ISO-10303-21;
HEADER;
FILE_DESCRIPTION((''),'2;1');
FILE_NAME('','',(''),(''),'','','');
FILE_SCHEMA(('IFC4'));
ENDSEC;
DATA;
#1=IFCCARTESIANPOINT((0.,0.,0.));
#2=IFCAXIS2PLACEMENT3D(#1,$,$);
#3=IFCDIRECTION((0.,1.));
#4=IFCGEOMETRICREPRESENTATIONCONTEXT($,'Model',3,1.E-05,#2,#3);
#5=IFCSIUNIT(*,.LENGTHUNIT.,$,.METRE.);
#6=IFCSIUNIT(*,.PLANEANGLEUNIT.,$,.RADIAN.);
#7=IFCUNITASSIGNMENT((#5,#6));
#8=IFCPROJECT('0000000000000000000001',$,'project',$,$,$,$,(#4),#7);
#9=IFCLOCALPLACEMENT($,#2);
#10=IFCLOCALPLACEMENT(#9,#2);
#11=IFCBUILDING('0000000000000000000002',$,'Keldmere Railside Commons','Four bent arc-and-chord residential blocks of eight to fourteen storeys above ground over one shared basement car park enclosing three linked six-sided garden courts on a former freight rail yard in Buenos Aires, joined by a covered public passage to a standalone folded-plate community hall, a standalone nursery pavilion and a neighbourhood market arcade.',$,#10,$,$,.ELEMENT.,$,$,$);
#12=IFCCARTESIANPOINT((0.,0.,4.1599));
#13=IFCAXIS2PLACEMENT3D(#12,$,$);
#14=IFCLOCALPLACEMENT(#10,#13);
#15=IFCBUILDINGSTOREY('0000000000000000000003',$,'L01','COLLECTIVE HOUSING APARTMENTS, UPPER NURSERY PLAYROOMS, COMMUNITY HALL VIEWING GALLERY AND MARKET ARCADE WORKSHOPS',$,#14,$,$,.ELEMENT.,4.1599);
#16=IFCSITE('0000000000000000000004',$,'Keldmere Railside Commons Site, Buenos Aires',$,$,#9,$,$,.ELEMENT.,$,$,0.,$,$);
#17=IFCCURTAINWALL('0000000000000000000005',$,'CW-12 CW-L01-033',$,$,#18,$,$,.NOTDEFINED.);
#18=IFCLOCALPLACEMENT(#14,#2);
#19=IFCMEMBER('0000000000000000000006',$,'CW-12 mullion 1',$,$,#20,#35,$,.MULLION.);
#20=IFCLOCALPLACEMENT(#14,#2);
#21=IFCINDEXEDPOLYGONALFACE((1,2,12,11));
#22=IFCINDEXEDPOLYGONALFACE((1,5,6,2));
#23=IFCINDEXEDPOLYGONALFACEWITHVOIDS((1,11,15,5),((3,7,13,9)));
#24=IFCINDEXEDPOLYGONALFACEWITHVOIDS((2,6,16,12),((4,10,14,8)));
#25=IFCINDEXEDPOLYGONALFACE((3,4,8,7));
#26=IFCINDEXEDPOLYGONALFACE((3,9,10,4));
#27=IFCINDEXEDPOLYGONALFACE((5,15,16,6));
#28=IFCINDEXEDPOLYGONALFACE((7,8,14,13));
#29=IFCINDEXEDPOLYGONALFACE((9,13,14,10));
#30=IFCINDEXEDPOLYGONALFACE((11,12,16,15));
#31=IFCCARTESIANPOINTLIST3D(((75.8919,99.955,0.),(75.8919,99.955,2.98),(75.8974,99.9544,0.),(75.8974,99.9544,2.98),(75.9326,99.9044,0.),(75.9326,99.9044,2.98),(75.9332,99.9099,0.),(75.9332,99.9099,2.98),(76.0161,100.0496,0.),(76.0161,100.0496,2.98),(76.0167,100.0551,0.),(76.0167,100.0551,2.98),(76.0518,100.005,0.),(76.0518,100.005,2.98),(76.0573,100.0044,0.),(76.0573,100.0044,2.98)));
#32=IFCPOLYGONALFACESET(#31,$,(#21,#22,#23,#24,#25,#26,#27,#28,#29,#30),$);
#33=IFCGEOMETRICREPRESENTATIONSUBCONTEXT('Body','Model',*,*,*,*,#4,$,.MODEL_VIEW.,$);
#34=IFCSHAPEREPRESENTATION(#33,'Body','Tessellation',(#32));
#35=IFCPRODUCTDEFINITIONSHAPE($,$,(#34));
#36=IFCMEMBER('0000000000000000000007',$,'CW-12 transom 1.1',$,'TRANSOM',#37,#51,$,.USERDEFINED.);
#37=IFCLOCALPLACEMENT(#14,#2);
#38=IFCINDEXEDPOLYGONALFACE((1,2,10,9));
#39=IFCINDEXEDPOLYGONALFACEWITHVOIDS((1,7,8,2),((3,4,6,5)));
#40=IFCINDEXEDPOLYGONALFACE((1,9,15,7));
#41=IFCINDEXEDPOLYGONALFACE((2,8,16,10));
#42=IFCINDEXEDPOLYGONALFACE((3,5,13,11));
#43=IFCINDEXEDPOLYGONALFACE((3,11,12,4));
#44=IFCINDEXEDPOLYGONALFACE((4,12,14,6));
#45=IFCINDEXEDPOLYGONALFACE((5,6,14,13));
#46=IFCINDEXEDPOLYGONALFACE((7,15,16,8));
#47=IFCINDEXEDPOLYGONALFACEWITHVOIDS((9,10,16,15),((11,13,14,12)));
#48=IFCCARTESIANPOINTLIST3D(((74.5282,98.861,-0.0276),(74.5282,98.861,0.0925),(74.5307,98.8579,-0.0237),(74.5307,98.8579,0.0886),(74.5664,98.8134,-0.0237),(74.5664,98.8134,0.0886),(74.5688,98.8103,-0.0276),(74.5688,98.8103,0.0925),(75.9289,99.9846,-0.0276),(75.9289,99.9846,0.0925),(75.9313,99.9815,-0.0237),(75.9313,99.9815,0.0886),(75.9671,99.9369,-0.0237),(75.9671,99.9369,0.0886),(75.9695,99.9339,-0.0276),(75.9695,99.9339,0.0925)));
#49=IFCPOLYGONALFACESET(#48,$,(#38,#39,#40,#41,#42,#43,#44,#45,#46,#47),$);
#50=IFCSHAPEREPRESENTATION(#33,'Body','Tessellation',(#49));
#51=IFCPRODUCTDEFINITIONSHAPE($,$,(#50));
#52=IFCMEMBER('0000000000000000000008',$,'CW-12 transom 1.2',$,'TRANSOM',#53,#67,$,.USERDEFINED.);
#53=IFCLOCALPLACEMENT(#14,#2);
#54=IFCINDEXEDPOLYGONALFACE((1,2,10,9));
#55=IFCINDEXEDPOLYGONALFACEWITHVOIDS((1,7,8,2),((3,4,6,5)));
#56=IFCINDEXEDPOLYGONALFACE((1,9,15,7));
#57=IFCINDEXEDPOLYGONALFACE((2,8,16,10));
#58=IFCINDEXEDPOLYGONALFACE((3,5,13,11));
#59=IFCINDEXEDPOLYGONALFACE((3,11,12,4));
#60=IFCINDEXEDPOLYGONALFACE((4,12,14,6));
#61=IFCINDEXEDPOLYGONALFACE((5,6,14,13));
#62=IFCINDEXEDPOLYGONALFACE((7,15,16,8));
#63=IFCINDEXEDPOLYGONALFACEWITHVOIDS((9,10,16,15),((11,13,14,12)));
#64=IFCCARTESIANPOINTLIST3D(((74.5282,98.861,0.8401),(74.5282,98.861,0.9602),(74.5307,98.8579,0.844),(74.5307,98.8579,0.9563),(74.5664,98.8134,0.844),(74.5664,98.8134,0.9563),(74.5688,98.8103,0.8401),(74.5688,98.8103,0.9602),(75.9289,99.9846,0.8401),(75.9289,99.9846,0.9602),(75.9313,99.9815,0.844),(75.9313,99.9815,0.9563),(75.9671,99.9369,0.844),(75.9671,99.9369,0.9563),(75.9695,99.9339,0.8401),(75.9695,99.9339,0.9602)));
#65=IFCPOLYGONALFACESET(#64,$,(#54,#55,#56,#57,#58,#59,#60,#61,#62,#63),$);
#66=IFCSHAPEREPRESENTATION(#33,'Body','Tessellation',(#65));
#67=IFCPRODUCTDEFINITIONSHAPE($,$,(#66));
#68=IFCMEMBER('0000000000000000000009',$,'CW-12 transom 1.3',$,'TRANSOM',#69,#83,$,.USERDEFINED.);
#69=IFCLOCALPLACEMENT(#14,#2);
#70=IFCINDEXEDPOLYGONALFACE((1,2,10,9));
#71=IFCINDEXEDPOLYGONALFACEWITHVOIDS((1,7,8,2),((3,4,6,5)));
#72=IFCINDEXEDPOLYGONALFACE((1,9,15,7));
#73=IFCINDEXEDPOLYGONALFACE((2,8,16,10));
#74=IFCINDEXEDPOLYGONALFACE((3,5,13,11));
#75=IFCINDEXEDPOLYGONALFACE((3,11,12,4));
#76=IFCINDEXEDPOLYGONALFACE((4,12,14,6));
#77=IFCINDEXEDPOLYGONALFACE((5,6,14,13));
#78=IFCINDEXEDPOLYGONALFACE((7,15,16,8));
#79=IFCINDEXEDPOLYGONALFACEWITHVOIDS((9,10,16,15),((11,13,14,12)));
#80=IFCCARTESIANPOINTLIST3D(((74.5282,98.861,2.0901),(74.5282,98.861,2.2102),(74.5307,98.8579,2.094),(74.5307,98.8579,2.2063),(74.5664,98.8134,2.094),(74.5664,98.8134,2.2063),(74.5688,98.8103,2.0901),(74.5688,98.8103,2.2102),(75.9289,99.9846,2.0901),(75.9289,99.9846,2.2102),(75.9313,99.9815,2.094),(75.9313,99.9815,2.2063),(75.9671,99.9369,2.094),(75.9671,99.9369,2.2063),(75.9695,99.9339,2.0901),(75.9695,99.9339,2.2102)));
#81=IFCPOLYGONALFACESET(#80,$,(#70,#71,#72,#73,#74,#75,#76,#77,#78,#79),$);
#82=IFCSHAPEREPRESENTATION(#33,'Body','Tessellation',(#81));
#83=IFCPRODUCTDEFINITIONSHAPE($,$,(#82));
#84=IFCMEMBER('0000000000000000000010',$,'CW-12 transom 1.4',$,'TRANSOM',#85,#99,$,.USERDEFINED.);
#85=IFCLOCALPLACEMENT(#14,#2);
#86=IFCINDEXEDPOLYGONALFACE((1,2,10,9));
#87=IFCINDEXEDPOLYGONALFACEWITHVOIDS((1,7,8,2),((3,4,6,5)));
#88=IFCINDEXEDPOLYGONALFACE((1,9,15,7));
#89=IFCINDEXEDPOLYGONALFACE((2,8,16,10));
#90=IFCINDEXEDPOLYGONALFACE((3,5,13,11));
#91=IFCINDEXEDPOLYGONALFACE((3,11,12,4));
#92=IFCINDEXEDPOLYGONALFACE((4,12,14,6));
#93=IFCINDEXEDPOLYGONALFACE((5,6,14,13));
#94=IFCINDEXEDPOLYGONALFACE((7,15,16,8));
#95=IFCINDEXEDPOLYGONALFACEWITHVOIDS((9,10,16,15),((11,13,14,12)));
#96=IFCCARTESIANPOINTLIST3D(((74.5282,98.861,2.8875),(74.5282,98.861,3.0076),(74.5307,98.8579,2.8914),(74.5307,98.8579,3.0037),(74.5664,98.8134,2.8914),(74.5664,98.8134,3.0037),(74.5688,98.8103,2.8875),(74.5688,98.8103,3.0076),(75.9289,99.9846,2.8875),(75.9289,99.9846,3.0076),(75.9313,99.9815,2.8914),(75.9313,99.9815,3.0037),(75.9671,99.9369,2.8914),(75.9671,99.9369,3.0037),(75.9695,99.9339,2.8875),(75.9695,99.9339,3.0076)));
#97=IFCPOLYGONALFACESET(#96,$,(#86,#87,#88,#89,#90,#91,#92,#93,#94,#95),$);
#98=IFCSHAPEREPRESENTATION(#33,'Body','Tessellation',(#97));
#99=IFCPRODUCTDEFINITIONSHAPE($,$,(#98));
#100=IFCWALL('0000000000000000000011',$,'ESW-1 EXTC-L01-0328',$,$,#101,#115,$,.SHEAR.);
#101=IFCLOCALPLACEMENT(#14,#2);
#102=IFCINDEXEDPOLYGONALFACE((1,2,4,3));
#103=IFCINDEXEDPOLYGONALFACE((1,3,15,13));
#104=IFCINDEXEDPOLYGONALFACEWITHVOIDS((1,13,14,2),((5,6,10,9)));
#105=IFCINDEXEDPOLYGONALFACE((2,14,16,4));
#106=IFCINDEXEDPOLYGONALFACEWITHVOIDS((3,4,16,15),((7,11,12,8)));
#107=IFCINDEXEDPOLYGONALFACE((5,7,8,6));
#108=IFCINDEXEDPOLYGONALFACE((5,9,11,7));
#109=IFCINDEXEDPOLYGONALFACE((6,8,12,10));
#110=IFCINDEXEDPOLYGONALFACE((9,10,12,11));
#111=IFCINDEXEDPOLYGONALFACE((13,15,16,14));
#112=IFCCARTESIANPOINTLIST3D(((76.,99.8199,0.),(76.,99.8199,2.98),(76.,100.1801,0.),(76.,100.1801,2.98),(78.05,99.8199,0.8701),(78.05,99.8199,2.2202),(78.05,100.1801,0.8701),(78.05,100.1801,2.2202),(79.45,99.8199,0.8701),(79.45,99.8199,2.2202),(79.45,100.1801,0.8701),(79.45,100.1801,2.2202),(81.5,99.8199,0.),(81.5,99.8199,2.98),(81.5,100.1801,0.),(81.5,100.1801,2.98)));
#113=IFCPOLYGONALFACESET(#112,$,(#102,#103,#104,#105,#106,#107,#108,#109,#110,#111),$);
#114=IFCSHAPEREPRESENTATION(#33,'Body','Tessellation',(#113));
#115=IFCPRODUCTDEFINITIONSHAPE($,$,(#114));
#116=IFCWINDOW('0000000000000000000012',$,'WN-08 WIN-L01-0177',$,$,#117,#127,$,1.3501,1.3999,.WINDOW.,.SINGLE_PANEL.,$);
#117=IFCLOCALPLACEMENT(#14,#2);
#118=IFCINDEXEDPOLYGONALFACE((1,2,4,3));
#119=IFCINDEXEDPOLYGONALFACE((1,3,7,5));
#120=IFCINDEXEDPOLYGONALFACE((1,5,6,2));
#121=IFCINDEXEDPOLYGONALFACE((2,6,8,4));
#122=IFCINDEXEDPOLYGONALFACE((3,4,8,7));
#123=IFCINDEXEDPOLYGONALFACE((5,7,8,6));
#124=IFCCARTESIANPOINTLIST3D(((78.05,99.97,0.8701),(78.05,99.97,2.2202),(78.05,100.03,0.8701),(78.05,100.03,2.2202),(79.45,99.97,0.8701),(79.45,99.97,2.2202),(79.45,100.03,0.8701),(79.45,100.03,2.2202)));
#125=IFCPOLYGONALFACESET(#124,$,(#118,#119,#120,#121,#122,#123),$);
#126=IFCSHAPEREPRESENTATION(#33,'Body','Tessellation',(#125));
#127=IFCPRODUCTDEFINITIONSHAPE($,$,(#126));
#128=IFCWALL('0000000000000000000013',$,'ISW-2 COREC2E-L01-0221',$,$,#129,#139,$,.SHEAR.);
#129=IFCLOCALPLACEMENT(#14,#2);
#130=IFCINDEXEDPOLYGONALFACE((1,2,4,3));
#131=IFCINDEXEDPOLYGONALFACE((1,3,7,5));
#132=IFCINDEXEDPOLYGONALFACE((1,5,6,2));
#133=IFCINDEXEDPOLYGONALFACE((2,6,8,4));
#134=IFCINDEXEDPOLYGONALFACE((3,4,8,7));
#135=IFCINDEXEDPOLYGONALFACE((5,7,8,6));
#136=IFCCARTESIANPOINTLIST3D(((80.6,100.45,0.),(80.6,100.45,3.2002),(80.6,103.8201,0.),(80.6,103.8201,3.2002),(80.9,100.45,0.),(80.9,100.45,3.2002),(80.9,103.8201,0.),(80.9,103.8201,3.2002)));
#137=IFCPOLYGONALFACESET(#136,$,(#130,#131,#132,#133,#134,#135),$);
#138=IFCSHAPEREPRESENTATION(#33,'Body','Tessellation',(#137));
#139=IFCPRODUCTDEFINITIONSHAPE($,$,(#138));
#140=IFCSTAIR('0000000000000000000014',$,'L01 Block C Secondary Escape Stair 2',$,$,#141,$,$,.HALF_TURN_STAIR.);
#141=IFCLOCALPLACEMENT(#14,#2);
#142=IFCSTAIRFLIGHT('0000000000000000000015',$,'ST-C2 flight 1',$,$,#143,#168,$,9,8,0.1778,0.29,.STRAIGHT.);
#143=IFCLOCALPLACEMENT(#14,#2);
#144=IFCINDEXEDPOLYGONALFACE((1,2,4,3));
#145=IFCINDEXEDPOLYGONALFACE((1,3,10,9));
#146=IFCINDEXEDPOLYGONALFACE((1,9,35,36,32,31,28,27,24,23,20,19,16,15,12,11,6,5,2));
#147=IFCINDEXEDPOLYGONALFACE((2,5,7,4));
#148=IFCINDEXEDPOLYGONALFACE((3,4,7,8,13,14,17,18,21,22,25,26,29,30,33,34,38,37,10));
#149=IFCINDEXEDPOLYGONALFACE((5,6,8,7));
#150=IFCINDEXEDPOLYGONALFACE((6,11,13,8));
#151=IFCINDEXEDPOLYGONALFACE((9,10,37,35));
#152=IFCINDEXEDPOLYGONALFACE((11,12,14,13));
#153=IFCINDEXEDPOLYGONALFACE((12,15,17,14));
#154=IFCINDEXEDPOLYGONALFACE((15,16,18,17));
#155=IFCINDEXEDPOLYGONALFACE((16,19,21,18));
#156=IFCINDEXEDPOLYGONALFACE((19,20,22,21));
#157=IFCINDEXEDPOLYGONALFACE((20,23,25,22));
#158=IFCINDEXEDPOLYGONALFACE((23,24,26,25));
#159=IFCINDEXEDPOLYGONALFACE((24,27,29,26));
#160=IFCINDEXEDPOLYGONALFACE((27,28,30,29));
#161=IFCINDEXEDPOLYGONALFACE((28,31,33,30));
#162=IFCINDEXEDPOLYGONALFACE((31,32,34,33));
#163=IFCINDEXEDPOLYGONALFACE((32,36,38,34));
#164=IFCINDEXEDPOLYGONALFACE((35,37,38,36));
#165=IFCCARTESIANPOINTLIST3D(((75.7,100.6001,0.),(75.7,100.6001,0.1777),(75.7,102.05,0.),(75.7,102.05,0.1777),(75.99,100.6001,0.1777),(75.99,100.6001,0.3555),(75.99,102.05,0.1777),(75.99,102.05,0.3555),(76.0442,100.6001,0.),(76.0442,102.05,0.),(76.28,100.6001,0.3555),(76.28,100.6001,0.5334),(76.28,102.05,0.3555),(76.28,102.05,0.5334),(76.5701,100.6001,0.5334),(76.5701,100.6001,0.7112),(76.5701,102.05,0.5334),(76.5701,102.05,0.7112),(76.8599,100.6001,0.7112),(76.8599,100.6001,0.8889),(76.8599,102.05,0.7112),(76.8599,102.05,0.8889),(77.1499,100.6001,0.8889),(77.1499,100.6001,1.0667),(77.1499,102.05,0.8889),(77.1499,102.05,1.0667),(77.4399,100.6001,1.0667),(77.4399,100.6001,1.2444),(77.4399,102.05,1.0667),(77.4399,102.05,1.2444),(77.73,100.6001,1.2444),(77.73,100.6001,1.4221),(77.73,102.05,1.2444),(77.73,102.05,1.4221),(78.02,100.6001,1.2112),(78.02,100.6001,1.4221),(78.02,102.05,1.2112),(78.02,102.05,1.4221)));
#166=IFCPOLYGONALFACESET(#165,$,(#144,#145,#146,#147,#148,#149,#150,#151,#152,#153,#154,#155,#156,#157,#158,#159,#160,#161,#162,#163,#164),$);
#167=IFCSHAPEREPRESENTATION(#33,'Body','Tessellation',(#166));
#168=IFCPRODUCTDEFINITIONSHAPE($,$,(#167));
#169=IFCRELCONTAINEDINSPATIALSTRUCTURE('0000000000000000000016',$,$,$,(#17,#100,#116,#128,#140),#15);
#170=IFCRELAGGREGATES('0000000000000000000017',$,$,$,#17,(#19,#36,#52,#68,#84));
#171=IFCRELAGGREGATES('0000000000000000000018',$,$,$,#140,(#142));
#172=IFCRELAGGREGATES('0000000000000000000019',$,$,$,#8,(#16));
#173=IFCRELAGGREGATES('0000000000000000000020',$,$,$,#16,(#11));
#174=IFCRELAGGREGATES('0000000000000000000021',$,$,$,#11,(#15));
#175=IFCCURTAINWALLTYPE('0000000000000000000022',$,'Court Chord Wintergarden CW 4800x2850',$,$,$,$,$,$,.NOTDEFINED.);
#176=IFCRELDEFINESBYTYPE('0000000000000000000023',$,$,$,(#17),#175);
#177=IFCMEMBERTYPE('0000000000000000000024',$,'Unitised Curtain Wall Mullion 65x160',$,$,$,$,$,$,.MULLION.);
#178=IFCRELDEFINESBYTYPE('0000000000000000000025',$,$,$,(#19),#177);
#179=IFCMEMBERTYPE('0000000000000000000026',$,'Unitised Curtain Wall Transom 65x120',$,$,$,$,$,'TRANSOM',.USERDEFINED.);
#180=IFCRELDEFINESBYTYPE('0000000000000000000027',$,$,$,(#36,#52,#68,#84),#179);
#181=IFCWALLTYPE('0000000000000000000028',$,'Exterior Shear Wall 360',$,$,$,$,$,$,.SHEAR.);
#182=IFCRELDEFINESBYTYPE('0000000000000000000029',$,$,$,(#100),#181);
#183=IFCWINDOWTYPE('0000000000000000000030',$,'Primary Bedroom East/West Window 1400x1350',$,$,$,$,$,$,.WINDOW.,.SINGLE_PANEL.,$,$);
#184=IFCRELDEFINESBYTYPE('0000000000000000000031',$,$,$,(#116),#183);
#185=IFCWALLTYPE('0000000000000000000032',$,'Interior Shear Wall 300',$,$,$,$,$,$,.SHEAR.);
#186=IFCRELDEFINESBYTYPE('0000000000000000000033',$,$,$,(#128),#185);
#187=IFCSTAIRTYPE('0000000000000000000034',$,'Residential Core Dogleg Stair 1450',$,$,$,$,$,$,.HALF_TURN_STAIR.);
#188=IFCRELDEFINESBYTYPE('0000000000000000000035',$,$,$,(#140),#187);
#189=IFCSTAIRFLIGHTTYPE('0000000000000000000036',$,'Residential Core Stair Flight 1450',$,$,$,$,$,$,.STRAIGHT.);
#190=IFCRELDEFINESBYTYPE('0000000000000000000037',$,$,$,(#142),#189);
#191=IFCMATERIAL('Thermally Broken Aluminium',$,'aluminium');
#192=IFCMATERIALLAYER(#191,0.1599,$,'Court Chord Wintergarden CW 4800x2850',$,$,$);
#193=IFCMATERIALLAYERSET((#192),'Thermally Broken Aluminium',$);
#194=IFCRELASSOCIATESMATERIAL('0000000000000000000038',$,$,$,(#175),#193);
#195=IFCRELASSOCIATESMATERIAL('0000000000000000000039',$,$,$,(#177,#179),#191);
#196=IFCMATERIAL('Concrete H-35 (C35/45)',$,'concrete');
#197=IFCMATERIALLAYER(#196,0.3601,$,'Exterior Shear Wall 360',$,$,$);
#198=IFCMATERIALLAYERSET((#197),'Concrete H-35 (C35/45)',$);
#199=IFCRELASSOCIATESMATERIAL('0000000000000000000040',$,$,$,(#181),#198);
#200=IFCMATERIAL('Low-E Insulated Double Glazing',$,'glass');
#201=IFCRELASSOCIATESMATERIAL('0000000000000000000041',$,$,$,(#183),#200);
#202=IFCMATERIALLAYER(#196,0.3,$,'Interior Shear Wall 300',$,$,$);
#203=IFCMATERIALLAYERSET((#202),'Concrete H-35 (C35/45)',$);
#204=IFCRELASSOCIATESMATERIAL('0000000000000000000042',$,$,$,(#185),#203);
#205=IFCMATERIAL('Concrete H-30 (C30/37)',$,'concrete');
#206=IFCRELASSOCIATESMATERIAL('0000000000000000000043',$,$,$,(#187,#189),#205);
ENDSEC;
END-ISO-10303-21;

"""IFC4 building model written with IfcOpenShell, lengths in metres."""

from ifc_helpers import new_model, si_unit, direction, frame, frame_2d, origin, origin_2d, place, context, subcontext, project, spatial, polyline, rectangle, hollow_rectangle, outline, extrude, material, layer, layer_set, material_profile, profile_set, type_object, element, fill, aggregate, save


model = new_model("IFC4")

# Units and contexts
model_context = context("Model", 3, precision=1e-05, world=origin(), true_north=direction((0.0, 1.0)))
body_context = subcontext(model_context, "Body", "Model", "MODEL_VIEW")
ifc_project = project(units=[si_unit("LENGTHUNIT", "METRE"), si_unit("PLANEANGLEUNIT", "RADIAN")], contexts=[model_context])

# Site, building, storey
site_placement = place(None, origin())
site = spatial("IfcSite", under=ifc_project, at=site_placement, Name="Keldmere Railside Commons Site, Buenos Aires", CompositionType="ELEMENT", RefElevation=0.0)
building_placement = place(site_placement, origin())
building = spatial("IfcBuilding", under=site, at=building_placement, Name="Keldmere Railside Commons", Description="Four bent arc-and-chord residential blocks of eight to fourteen storeys above ground over one shared basement car park enclosing three linked six-sided garden courts on a former freight rail yard in Buenos Aires, joined by a covered public passage to a standalone folded-plate community hall, a standalone nursery pavilion and a neighbourhood market arcade.", CompositionType="ELEMENT")
storey_placement = place(building_placement, frame((0.0, 0.0, 4.1599)))
storey = spatial("IfcBuildingStorey", under=building, at=storey_placement, Name="L01", Description="COLLECTIVE HOUSING APARTMENTS, UPPER NURSERY PLAYROOMS, COMMUNITY HALL VIEWING GALLERY AND MARKET ARCADE WORKSHOPS", CompositionType="ELEMENT", Elevation=4.1599)

# Curtain wall, members
ifc_material_1 = material(Name="Thermally Broken Aluminium", Category="aluminium")
ifc_layer_1 = layer(ifc_material_1, 0.1599, Name="Court Chord Wintergarden CW 4800x2850")
ifc_layer_set_1 = layer_set([ifc_layer_1], Name="Thermally Broken Aluminium")
curtain_wall_type = type_object("IfcCurtainWallType", Name="Court Chord Wintergarden CW 4800x2850", PredefinedType="NOTDEFINED", material=ifc_layer_set_1)
curtain_wall_placement = place(storey_placement, origin())
curtain_wall = element("IfcCurtainWall", 1, at=curtain_wall_placement, inside=storey, type_object=curtain_wall_type, Name="CW-12 CW-L01-033", PredefinedType="NOTDEFINED")
ifc_material_profile_1 = material_profile(ifc_material_1, hollow_rectangle(XDim=0.0649, YDim=0.1599, WallThickness=0.0039, at=origin_2d()), Name="ALU-MULL-65x160")
ifc_profile_set_1 = profile_set([ifc_material_profile_1], Name="Thermally Broken Aluminium")
member_type_1 = type_object("IfcMemberType", Name="Unitised Curtain Wall Mullion 65x160", PredefinedType="MULLION", material=ifc_profile_set_1)
member_1_placement = place(storey_placement, frame((75.9746, 99.9797, 0.0), z_axis=(0.0, 0.0, 1.0), x_axis=(0.625768, -0.780009, 0.0)))
member_1 = element("IfcMember", 2, at=member_1_placement, type_object=member_type_1, Name="CW-12 mullion 1", PredefinedType="MULLION", context=body_context, shape_type="SweptSolid", body=[
    extrude(hollow_rectangle(XDim=0.0649, YDim=0.1599, WallThickness=0.0039, at=origin_2d()), origin(), (0.0, 0.0, 1.0), 2.98),
])
ifc_material_profile_2 = material_profile(ifc_material_1, hollow_rectangle(XDim=0.0649, YDim=0.1201, WallThickness=0.0039, at=origin_2d()), Name="ALU-TRAN-65x120")
ifc_profile_set_2 = profile_set([ifc_material_profile_2], Name="Thermally Broken Aluminium")
member_type_2 = type_object("IfcMemberType", Name="Unitised Curtain Wall Transom 65x120", ElementType="TRANSOM", PredefinedType="USERDEFINED", material=ifc_profile_set_2)
member_2_placement = place(storey_placement, frame((75.9492, 99.9592, 0.0325), z_axis=(-0.780046, -0.625723, 0.0), x_axis=(0.625723, -0.780046, 0.0)))
member_2 = element("IfcMember", 3, at=member_2_placement, type_object=member_type_2, Name="CW-12 transom 1.1", ObjectType="TRANSOM", PredefinedType="USERDEFINED", context=body_context, shape_type="SweptSolid", body=[
    extrude(hollow_rectangle(XDim=0.0649, YDim=0.1201, WallThickness=0.0039, at=origin_2d()), origin(), (0.0, 0.0, 1.0), 1.7957),
])
member_3_placement = place(storey_placement, frame((75.9492, 99.9592, 0.9001), z_axis=(-0.780046, -0.625723, 0.0), x_axis=(0.625723, -0.780046, 0.0)))
member_3 = element("IfcMember", 4, at=member_3_placement, type_object=member_type_2, Name="CW-12 transom 1.2", ObjectType="TRANSOM", PredefinedType="USERDEFINED", context=body_context, shape_type="SweptSolid", body=[
    extrude(hollow_rectangle(XDim=0.0649, YDim=0.1201, WallThickness=0.0039, at=origin_2d()), origin(), (0.0, 0.0, 1.0), 1.7957),
])
member_4_placement = place(storey_placement, frame((75.9492, 99.9592, 2.1501), z_axis=(-0.780046, -0.625723, 0.0), x_axis=(0.625723, -0.780046, 0.0)))
member_4 = element("IfcMember", 5, at=member_4_placement, type_object=member_type_2, Name="CW-12 transom 1.3", ObjectType="TRANSOM", PredefinedType="USERDEFINED", context=body_context, shape_type="SweptSolid", body=[
    extrude(hollow_rectangle(XDim=0.0649, YDim=0.1201, WallThickness=0.0039, at=origin_2d()), origin(), (0.0, 0.0, 1.0), 1.7957),
])
member_5_placement = place(storey_placement, frame((75.9492, 99.9592, 2.9475), z_axis=(-0.780046, -0.625723, 0.0), x_axis=(0.625723, -0.780046, 0.0)))
member_5 = element("IfcMember", 6, at=member_5_placement, type_object=member_type_2, Name="CW-12 transom 1.4", ObjectType="TRANSOM", PredefinedType="USERDEFINED", context=body_context, shape_type="SweptSolid", body=[
    extrude(hollow_rectangle(XDim=0.0649, YDim=0.1201, WallThickness=0.0039, at=origin_2d()), origin(), (0.0, 0.0, 1.0), 1.7957),
])
aggregate(curtain_wall, [member_1, member_2, member_3, member_4, member_5])

# Wall, opening, window
ifc_material_2 = material(Name="Concrete H-35 (C35/45)", Category="concrete")
ifc_layer_2 = layer(ifc_material_2, 0.3601, Name="Exterior Shear Wall 360")
ifc_layer_set_2 = layer_set([ifc_layer_2], Name="Concrete H-35 (C35/45)")
wall_type_1 = type_object("IfcWallType", Name="Exterior Shear Wall 360", PredefinedType="SHEAR", material=ifc_layer_set_2)
wall_1_placement = place(storey_placement, frame((81.5, 100.0, 0.0), z_axis=(0.0, 0.0, 1.0), x_axis=(-1.0, 0.0, 0.0)))
wall_1 = element("IfcWall", 7, at=wall_1_placement, inside=storey, type_object=wall_type_1, Name="ESW-1 EXTC-L01-0328", PredefinedType="SHEAR", context=body_context, shape_type="SweptSolid", body=[
    extrude(rectangle(XDim=5.5, YDim=0.3601, at=frame_2d((2.75, 0.0))), origin(), (0.0, 0.0, 1.0), 2.98),
])
opening_placement = place(wall_1_placement, frame((2.05, 0.0, 0.8701)))
opening = element("IfcOpeningElement", 8, at=opening_placement, cuts=wall_1, PredefinedType="OPENING", context=body_context, shape_type="SweptSolid", body=[
    extrude(rectangle(XDim=1.3999, YDim=1.3501, at=frame_2d((0.7, 0.675))), frame((0.0, 0.1899, 0.0), z_axis=(0.0, -1.0, 0.0), x_axis=(1.0, 0.0, 0.0)), (0.0, 0.0, 1.0), 0.3801),
])
ifc_material_3 = material(Name="Low-E Insulated Double Glazing", Category="glass")
window_type = type_object("IfcWindowType", Name="Primary Bedroom East/West Window 1400x1350", PartitioningType="SINGLE_PANEL", PredefinedType="WINDOW", material=ifc_material_3)
window_placement = place(opening_placement, origin())
window = element("IfcWindow", 9, at=window_placement, inside=storey, type_object=window_type, Name="WN-08 WIN-L01-0177", OverallHeight=1.3501, OverallWidth=1.3999, PartitioningType="SINGLE_PANEL", PredefinedType="WINDOW", context=body_context, shape_type="SweptSolid", body=[
    extrude(rectangle(XDim=1.3999, YDim=1.3501, at=frame_2d((0.7, 0.675))), frame((0.0, 0.03, 0.0), z_axis=(0.0, -1.0, 0.0), x_axis=(1.0, 0.0, 0.0)), (0.0, 0.0, 1.0), 0.0601),
])
fill(opening, window)

# Wall
ifc_layer_3 = layer(ifc_material_2, 0.3, Name="Interior Shear Wall 300")
ifc_layer_set_3 = layer_set([ifc_layer_3], Name="Concrete H-35 (C35/45)")
wall_type_2 = type_object("IfcWallType", Name="Interior Shear Wall 300", PredefinedType="SHEAR", material=ifc_layer_set_3)
wall_2_placement = place(storey_placement, frame((80.75, 100.45, 0.0), z_axis=(0.0, 0.0, 1.0), x_axis=(0.0, 1.0, 0.0)))
element("IfcWall", 10, at=wall_2_placement, inside=storey, type_object=wall_type_2, Name="ISW-2 COREC2E-L01-0221", PredefinedType="SHEAR", context=body_context, shape_type="SweptSolid", body=[
    extrude(rectangle(XDim=3.3701, YDim=0.3, at=frame_2d((1.6851, 0.0))), origin(), (0.0, 0.0, 1.0), 3.2002),
])

# Stair, stair flight
ifc_material_4 = material(Name="Concrete H-30 (C30/37)", Category="concrete")
stair_type = type_object("IfcStairType", Name="Residential Core Dogleg Stair 1450", PredefinedType="HALF_TURN_STAIR", material=ifc_material_4)
stair_placement = place(storey_placement, origin())
stair = element("IfcStair", 11, at=stair_placement, inside=storey, type_object=stair_type, Name="L01 Block C Secondary Escape Stair 2", PredefinedType="HALF_TURN_STAIR")
stair_flight_type = type_object("IfcStairFlightType", Name="Residential Core Stair Flight 1450", PredefinedType="STRAIGHT", material=ifc_material_4)
stair_flight_1_placement = place(storey_placement, frame((75.7, 101.325, 0.0), z_axis=(0.0, 0.0, 1.0), x_axis=(1.0, 0.0, 0.0)))
stair_flight_1 = element("IfcStairFlight", 12, at=stair_flight_1_placement, type_object=stair_flight_type, Name="ST-C2 flight 1", NumberOfRisers=9, NumberOfTreads=8, PredefinedType="STRAIGHT", RiserHeight=0.1778, TreadLength=0.29, context=body_context, shape_type="SweptSolid", body=[
    extrude(outline(polyline([(0.0, 0.0), (0.0, 0.1777), (0.29, 0.1777), (0.29, 0.3555), (0.5801, 0.3555), (0.5801, 0.5334), (0.8701, 0.5334), (0.8701, 0.7112), (1.1599, 0.7112), (1.1599, 0.8889), (1.45, 0.8889), (1.45, 1.0667), (1.74, 1.0667), (1.74, 1.2444), (2.03, 1.2444), (2.03, 1.4221), (2.3201, 1.4221), (2.3201, 1.6001), (2.3201, 1.2112), (0.3442, 0.0), (0.0, 0.0)])), frame((0.0, 0.7251, 0.0), z_axis=(0.0, -1.0, 0.0), x_axis=(1.0, 0.0, 0.0)), (0.0, 0.0, 1.0), 1.45),
])
aggregate(stair, [stair_flight_1])

save(model, "model.ifc")
